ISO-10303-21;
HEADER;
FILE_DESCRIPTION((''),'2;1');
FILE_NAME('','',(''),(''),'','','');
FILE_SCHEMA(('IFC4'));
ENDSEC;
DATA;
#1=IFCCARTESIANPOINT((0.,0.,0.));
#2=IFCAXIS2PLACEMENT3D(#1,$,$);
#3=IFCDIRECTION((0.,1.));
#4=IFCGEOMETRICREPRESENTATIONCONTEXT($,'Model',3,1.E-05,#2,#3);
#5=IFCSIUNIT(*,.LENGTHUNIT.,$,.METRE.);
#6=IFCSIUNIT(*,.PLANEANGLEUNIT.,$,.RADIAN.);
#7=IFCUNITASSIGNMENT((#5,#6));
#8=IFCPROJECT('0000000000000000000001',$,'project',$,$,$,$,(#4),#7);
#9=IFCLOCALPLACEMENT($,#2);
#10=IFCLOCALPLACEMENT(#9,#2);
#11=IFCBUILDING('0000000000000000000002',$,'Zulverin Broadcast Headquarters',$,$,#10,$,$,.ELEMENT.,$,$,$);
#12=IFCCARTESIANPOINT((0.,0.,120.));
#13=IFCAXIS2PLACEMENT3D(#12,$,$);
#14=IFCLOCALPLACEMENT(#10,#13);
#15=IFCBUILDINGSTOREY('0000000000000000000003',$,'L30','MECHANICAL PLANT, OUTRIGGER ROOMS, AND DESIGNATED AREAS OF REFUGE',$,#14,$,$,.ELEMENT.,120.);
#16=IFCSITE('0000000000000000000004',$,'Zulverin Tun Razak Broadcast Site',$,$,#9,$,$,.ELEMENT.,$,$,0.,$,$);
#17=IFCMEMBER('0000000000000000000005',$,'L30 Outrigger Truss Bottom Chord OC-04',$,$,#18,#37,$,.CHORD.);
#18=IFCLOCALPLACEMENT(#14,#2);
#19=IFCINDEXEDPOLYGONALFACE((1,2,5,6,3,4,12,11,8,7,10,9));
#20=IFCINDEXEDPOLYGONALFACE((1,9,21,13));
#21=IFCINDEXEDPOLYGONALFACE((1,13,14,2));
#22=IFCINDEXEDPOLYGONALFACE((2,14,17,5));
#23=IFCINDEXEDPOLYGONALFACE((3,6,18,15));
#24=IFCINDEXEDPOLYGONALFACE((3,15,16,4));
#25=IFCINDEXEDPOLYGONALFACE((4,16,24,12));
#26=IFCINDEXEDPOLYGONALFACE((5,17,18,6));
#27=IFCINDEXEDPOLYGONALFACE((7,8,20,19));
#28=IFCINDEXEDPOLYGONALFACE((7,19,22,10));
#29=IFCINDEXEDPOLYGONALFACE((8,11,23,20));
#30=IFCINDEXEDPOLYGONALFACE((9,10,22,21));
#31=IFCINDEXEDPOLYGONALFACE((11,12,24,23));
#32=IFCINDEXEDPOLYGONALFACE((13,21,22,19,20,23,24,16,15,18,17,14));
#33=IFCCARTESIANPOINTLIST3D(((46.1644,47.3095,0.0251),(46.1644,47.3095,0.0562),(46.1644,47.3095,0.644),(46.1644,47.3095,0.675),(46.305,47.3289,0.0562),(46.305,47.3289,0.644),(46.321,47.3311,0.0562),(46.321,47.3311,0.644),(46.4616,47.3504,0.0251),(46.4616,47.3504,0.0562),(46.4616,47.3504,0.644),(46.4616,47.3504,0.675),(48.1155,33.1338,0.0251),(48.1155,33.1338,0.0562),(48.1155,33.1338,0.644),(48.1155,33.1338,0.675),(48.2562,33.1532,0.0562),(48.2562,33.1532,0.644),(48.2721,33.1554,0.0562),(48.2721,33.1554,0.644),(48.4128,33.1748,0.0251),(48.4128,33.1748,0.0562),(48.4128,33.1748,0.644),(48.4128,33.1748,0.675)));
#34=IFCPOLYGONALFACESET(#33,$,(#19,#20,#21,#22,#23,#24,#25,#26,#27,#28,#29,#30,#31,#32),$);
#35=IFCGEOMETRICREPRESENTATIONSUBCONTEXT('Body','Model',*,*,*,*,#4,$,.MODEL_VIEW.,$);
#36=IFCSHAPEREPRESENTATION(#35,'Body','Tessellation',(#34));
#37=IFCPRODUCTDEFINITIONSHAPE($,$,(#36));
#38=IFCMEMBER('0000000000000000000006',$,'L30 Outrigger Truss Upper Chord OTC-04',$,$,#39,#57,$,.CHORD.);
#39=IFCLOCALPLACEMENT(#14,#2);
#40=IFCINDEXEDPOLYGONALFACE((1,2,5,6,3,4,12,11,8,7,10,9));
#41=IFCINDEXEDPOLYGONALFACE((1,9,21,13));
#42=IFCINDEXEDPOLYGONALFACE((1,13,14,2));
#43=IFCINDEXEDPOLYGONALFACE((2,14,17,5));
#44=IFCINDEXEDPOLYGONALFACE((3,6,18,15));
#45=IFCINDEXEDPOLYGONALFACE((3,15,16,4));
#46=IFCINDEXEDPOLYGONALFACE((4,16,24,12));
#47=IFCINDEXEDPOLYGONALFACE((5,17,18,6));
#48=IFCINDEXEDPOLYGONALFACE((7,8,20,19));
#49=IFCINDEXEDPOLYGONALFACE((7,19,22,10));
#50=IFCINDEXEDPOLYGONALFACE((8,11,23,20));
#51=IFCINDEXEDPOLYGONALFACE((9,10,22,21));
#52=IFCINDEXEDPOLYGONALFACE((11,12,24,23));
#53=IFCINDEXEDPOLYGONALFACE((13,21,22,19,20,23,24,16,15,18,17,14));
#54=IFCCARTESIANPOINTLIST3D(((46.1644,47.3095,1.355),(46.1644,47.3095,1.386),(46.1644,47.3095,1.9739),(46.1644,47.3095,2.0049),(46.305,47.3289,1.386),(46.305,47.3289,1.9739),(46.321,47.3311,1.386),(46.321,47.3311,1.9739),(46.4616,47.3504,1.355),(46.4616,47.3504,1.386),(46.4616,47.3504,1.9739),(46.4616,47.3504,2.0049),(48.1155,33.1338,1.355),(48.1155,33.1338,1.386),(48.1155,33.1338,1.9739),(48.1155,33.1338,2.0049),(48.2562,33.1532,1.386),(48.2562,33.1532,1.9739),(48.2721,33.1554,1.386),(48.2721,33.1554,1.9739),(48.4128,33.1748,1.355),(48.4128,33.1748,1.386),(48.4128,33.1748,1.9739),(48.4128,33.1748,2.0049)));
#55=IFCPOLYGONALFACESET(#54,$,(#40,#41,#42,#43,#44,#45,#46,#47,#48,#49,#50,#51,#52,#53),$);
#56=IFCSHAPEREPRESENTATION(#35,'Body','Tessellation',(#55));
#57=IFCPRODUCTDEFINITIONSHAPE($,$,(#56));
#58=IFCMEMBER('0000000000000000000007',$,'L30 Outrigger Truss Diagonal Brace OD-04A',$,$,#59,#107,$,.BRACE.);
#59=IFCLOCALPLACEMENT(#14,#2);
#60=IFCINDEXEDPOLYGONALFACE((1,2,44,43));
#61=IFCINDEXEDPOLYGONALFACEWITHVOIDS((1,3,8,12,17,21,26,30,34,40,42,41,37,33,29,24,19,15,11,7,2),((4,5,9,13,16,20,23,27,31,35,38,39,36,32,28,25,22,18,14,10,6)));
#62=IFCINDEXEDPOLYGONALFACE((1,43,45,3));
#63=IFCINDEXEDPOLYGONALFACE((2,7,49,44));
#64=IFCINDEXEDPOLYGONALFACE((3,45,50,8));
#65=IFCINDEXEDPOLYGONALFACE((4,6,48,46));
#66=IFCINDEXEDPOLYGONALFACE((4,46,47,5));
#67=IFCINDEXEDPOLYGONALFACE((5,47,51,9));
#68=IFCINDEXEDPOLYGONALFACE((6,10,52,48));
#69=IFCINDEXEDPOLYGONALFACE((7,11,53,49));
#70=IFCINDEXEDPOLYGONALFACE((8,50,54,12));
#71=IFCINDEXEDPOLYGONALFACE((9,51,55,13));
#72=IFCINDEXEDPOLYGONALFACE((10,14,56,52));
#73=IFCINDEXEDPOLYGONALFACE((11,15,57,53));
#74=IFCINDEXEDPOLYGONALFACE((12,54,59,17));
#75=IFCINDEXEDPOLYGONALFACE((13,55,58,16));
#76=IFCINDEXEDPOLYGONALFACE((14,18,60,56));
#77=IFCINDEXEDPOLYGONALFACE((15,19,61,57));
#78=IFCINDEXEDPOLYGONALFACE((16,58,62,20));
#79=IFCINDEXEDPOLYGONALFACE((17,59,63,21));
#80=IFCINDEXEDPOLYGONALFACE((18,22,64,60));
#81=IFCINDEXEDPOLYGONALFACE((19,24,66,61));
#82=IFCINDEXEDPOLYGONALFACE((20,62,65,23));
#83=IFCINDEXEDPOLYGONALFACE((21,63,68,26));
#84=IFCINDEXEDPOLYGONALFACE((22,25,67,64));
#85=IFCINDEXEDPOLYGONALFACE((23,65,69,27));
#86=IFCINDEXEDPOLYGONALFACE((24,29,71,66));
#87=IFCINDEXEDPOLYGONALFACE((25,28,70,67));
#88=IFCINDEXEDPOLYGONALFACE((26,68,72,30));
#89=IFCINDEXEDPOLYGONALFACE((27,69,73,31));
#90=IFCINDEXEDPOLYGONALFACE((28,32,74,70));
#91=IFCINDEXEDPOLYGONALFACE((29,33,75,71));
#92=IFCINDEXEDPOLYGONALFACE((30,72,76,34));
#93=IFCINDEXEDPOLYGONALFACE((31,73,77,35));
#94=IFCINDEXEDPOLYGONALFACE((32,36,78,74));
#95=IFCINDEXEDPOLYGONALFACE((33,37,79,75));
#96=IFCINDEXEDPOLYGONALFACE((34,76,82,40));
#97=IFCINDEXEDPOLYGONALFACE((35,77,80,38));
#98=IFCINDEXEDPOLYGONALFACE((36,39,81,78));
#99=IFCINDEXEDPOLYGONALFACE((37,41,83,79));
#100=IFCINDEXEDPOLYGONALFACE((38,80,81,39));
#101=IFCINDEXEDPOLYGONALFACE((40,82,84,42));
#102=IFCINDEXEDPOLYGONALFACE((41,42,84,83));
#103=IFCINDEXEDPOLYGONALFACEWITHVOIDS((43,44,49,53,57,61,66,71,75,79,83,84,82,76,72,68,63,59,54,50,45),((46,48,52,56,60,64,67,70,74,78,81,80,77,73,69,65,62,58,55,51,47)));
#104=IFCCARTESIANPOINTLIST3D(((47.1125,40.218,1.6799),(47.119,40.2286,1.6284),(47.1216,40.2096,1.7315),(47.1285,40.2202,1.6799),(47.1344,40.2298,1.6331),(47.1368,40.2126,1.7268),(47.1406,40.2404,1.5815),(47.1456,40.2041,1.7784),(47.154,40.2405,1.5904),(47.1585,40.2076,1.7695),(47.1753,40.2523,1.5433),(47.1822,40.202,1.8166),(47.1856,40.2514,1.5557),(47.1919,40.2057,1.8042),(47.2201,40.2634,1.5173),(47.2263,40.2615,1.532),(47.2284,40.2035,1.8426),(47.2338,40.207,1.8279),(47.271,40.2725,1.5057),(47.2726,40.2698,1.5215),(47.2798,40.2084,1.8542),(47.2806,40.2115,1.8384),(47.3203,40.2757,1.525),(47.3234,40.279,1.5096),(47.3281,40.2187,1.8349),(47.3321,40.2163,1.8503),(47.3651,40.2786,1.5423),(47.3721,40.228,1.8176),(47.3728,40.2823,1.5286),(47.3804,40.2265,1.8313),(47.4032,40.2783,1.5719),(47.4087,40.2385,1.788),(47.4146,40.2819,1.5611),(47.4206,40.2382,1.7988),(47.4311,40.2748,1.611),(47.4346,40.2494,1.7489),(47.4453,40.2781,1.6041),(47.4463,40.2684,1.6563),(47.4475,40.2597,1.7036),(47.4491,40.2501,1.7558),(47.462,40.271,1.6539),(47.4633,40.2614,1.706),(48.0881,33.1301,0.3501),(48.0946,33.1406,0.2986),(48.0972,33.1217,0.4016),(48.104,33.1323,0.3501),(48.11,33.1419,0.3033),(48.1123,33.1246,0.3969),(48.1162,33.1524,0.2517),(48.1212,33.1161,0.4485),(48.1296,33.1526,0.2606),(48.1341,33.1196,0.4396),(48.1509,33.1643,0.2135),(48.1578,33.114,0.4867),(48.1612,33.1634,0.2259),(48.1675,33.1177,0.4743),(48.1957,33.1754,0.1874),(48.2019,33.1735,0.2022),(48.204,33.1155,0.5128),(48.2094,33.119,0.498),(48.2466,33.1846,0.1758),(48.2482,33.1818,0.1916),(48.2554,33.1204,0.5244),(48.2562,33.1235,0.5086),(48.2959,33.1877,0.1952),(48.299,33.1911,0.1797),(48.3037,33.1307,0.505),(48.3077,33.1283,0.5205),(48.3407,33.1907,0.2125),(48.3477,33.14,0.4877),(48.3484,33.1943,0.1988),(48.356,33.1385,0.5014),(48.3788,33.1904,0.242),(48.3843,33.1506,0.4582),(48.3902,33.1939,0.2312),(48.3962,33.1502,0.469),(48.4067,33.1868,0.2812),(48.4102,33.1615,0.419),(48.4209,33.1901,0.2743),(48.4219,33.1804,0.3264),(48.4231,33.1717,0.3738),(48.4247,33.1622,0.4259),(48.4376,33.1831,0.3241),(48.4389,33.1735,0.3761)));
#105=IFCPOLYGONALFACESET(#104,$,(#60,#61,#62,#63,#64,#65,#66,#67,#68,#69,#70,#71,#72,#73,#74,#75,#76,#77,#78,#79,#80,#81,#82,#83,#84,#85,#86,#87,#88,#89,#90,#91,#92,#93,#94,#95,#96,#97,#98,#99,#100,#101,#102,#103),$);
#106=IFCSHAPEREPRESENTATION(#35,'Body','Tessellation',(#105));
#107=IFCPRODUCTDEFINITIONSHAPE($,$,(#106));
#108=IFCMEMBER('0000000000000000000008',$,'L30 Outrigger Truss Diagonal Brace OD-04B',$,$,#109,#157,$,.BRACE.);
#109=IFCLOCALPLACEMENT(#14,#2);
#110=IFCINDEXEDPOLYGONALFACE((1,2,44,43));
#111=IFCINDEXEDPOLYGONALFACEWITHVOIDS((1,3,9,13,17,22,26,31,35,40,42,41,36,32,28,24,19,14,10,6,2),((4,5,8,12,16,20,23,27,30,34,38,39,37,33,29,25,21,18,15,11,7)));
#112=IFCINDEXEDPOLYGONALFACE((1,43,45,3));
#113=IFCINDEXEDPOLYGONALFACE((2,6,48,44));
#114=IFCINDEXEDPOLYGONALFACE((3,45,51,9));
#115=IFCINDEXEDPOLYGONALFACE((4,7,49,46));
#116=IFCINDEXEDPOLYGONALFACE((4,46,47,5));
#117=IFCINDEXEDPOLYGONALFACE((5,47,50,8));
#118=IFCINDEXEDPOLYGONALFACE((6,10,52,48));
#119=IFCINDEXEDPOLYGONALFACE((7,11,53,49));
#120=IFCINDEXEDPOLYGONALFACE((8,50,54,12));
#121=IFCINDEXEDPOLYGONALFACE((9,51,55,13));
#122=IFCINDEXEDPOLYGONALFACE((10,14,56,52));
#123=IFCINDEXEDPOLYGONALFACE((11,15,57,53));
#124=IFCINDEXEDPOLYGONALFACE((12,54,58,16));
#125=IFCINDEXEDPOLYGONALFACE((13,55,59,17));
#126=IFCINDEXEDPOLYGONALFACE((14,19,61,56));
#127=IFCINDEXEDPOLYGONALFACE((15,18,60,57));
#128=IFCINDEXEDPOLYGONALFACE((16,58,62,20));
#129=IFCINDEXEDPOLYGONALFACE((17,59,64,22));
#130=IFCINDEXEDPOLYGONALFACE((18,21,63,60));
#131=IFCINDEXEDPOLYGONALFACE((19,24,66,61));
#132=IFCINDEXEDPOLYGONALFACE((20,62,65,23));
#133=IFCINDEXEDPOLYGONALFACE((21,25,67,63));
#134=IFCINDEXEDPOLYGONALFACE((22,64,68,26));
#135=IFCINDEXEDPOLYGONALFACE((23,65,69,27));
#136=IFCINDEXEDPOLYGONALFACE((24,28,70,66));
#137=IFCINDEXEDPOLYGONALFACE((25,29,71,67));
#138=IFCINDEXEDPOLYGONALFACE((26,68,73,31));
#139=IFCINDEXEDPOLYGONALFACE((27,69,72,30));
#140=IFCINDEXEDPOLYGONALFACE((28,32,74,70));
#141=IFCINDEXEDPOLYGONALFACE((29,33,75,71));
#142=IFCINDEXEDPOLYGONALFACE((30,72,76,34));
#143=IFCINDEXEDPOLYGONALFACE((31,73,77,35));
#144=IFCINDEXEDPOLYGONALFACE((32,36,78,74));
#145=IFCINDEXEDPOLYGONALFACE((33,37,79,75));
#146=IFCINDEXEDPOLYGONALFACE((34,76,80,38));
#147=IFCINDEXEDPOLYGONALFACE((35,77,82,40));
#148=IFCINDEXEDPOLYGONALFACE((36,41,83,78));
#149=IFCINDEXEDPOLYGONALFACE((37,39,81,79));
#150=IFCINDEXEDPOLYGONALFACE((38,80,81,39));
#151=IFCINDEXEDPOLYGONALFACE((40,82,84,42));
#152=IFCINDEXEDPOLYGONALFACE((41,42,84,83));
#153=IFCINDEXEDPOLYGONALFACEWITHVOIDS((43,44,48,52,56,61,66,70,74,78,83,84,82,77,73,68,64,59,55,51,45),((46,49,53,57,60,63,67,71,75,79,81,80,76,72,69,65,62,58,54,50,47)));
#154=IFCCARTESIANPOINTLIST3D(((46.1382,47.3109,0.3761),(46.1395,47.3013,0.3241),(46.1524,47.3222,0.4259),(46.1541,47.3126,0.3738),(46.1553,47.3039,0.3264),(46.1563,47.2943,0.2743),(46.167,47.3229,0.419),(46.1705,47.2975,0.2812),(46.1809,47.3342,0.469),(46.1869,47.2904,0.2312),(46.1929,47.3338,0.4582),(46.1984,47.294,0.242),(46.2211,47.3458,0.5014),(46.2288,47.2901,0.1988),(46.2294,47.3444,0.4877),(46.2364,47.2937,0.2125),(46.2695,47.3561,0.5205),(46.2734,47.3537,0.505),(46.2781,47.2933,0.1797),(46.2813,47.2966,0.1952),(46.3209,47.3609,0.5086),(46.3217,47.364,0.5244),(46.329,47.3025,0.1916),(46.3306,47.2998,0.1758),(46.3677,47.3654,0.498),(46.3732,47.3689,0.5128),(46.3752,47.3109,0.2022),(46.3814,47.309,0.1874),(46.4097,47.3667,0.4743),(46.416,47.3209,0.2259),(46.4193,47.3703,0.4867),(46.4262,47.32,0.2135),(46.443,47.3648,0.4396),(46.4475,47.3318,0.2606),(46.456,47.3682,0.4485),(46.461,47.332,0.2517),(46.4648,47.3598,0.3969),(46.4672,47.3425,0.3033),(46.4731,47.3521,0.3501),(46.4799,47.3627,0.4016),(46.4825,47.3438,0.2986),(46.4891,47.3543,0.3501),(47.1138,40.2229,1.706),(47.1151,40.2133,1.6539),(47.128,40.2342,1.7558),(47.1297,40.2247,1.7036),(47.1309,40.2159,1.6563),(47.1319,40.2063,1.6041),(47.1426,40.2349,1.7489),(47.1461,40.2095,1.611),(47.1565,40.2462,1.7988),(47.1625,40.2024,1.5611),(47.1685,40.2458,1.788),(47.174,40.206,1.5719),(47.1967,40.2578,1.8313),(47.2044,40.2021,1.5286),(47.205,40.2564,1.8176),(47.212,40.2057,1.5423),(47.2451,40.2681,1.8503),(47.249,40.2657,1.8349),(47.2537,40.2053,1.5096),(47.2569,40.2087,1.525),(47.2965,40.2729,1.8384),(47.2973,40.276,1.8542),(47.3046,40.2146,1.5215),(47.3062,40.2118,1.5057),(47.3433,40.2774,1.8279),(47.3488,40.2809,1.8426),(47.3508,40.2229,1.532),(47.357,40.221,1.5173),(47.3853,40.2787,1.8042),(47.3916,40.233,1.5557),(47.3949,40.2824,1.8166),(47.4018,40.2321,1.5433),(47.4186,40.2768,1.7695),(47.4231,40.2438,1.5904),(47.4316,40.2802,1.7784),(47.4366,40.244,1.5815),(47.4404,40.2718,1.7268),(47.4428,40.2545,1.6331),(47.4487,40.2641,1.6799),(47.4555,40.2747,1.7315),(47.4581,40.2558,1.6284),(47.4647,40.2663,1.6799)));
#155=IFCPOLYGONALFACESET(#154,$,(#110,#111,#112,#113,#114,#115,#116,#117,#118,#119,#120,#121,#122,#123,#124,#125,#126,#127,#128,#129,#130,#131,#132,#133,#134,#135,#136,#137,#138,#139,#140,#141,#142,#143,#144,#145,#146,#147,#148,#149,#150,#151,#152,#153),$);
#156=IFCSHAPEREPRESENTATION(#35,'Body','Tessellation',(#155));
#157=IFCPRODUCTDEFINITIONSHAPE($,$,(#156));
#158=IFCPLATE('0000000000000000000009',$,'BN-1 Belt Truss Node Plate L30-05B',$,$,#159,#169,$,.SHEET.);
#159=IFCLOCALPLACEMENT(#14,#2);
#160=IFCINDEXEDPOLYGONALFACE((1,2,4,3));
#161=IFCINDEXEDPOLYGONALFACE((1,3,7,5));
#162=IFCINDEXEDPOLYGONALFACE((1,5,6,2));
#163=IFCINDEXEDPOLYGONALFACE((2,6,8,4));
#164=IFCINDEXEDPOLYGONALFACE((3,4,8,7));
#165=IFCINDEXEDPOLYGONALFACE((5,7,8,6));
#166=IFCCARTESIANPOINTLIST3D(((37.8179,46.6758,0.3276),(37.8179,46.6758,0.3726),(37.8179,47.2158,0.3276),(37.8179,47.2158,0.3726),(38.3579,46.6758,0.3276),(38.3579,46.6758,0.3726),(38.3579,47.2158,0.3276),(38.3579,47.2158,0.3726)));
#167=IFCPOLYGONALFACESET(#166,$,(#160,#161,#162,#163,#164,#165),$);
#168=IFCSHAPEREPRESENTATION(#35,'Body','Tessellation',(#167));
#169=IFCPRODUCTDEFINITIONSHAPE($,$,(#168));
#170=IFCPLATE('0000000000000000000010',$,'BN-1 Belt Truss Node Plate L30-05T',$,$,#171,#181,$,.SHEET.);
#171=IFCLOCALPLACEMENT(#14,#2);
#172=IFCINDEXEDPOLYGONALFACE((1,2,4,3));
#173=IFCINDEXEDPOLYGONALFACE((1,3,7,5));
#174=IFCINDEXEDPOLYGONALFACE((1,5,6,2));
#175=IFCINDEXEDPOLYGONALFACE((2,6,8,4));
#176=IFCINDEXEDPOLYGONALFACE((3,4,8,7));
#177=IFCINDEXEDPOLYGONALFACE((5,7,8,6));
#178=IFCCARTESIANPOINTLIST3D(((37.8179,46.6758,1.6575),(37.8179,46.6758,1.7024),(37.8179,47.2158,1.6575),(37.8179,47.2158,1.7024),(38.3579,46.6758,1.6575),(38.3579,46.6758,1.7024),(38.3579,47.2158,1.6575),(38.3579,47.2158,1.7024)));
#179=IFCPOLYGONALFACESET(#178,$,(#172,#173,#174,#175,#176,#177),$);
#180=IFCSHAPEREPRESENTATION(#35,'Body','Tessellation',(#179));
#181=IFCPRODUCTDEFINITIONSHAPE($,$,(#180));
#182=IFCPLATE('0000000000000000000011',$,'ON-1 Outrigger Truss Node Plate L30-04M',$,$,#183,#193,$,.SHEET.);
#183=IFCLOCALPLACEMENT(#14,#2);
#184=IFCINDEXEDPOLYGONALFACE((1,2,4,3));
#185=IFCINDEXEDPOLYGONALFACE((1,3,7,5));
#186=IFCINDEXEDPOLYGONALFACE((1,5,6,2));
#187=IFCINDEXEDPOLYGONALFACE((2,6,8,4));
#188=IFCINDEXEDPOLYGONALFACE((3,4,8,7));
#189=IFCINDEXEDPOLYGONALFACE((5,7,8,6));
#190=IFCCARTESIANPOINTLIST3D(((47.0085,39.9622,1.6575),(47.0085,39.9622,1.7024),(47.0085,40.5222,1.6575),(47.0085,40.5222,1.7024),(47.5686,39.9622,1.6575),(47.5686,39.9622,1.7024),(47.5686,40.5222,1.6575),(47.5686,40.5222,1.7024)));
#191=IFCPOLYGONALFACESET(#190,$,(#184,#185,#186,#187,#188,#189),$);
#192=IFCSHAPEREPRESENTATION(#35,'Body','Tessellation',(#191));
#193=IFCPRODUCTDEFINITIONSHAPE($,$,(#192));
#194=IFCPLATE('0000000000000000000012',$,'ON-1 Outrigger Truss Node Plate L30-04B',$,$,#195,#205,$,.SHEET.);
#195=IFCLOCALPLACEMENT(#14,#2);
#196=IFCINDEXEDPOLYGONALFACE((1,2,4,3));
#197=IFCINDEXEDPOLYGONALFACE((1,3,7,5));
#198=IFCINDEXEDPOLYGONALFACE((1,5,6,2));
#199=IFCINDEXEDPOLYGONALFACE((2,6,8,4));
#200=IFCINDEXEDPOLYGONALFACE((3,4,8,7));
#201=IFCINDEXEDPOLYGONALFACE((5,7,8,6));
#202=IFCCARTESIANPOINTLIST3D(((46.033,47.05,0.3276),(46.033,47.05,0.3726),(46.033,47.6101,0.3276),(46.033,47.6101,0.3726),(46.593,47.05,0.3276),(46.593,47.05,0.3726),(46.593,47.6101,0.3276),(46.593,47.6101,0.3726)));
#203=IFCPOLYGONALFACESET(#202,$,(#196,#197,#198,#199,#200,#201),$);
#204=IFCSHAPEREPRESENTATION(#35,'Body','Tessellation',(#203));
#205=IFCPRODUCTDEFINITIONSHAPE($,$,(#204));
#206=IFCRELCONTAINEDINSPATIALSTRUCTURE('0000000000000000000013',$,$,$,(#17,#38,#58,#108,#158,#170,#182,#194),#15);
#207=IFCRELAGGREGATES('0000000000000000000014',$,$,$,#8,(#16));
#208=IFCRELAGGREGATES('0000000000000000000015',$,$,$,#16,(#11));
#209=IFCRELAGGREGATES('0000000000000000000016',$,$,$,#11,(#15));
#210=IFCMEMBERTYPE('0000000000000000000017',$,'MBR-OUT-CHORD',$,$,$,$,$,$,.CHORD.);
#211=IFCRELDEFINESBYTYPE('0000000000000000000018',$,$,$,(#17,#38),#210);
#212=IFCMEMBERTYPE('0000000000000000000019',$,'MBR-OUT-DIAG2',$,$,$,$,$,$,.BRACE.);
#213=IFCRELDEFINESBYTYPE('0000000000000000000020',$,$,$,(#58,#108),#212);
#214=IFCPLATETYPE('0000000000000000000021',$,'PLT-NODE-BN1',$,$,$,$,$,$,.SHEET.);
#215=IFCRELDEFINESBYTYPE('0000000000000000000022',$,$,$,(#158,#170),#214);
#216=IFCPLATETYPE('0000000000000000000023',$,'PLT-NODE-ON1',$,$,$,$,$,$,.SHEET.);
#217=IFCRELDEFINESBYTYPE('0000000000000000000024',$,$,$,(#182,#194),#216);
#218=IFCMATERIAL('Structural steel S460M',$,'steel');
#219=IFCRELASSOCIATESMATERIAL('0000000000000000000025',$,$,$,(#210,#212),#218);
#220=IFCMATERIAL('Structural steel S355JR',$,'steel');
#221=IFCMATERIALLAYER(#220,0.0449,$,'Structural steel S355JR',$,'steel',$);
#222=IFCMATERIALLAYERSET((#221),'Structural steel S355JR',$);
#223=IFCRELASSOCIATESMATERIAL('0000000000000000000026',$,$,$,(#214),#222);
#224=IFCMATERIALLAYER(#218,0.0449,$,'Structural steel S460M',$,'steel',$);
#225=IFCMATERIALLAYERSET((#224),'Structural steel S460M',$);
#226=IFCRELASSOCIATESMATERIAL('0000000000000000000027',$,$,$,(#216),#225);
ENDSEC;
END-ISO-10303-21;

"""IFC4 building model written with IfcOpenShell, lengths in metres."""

from ifc_helpers import new_model, si_unit, direction, frame, origin, origin_2d, place, context, subcontext, project, spatial, rectangle, hollow_circle, i_section, extrude, material, layer, layer_set, material_profile, profile_set, type_object, element, save


model = new_model("IFC4")

# Units and contexts
model_context = context("Model", 3, precision=1e-05, world=origin(), true_north=direction((0.0, 1.0)))
body_context = subcontext(model_context, "Body", "Model", "MODEL_VIEW")
ifc_project = project(units=[si_unit("LENGTHUNIT", "METRE"), si_unit("PLANEANGLEUNIT", "RADIAN")], contexts=[model_context])

# Site, building, storey
site_placement = place(None, origin())
site = spatial("IfcSite", under=ifc_project, at=site_placement, Name="Zulverin Tun Razak Broadcast Site", CompositionType="ELEMENT", RefElevation=0.0)
building_placement = place(site_placement, origin())
building = spatial("IfcBuilding", under=site, at=building_placement, Name="Zulverin Broadcast Headquarters", CompositionType="ELEMENT")
storey_placement = place(building_placement, frame((0.0, 0.0, 120.0)))
storey = spatial("IfcBuildingStorey", under=building, at=storey_placement, Name="L30", Description="MECHANICAL PLANT, OUTRIGGER ROOMS, AND DESIGNATED AREAS OF REFUGE", CompositionType="ELEMENT", Elevation=120.0)

# Shared definitions
ifc_material_1 = material(Name="Structural steel S355JR", Category="steel")

# Members
ifc_material_2 = material(Name="Structural steel S460M", Category="steel")
ifc_material_profile_1 = material_profile(ifc_material_2, i_section(OverallWidth=0.3, OverallDepth=0.6499, WebThickness=0.0161, FlangeThickness=0.031, at=origin_2d()), Name="Structural steel S460M", Category="steel")
ifc_profile_set_1 = profile_set([ifc_material_profile_1], Name="Structural steel S460M")
member_type_1 = type_object("IfcMemberType", Name="MBR-OUT-CHORD", PredefinedType="CHORD", material=ifc_profile_set_1)
for number, where, z_axis, x_axis, name in (
    (1, (48.2642, 33.1543, 0.3501), (-0.136356, 0.99066, 0.0), (-0.99066, -0.136356, 0.0), "L30 Outrigger Truss Bottom Chord OC-04"),
    (2, (48.2642, 33.1543, 1.6799), (-0.136356, 0.99066, 0.0), (-0.99066, -0.136356, 0.0), "L30 Outrigger Truss Upper Chord OTC-04"),
):
    element("IfcMember", number, at=place(storey_placement, frame(where, z_axis=z_axis, x_axis=x_axis)), inside=storey, type_object=member_type_1, Name=name, PredefinedType="CHORD", context=body_context, shape_type="SweptSolid", body=[
        extrude(i_section(OverallWidth=0.3, OverallDepth=0.6499, WebThickness=0.0161, FlangeThickness=0.031, at=origin_2d()), origin(), (0.0, 0.0, 1.0), 14.3093),
    ])
ifc_material_profile_2 = material_profile(ifc_material_2, hollow_circle(Radius=0.1777, WallThickness=0.0161, at=origin_2d()), Name="Structural steel S460M", Category="steel")
ifc_profile_set_2 = profile_set([ifc_material_profile_2], Name="Structural steel S460M")
member_type_2 = type_object("IfcMemberType", Name="MBR-OUT-DIAG2", PredefinedType="BRACE", material=ifc_profile_set_2)
for number, where, z_axis, x_axis, name in (
    (3, (48.2642, 33.1543, 0.3501), (-0.13406, 0.973979, 0.182738), (-0.99066, -0.136356, 0.0), "L30 Outrigger Truss Diagonal Brace OD-04A"),
    (4, (46.313, 47.3301, 0.3501), (0.13406, -0.973979, 0.182738), (0.99066, 0.136356, 0.0), "L30 Outrigger Truss Diagonal Brace OD-04B"),
):
    element("IfcMember", number, at=place(storey_placement, frame(where, z_axis=z_axis, x_axis=x_axis)), inside=storey, type_object=member_type_2, Name=name, PredefinedType="BRACE", context=body_context, shape_type="SweptSolid", body=[
        extrude(hollow_circle(Radius=0.1777, WallThickness=0.0161, at=origin_2d()), origin(), (0.0, 0.0, 1.0), 7.2773),
    ])

# Plates
ifc_layer_1 = layer(ifc_material_1, 0.0449, Name="Structural steel S355JR", Category="steel")
ifc_layer_set_1 = layer_set([ifc_layer_1], Name="Structural steel S355JR")
plate_type_1 = type_object("IfcPlateType", Name="PLT-NODE-BN1", PredefinedType="SHEET", material=ifc_layer_set_1)
for number, where, z_axis, x_axis, name in (
    (5, (38.0879, 46.9458, 0.3276), (0.0, 0.0, 1.0), (1.0, 0.0, 0.0), "BN-1 Belt Truss Node Plate L30-05B"),
    (6, (38.0879, 46.9458, 1.6575), (0.0, 0.0, 1.0), (1.0, 0.0, 0.0), "BN-1 Belt Truss Node Plate L30-05T"),
):
    element("IfcPlate", number, at=place(storey_placement, frame(where, z_axis=z_axis, x_axis=x_axis)), inside=storey, type_object=plate_type_1, Name=name, PredefinedType="SHEET", context=body_context, shape_type="SweptSolid", body=[
        extrude(rectangle(XDim=0.54, YDim=0.54, at=origin_2d()), origin(), (0.0, 0.0, 1.0), 0.0449),
    ])
ifc_layer_2 = layer(ifc_material_2, 0.0449, Name="Structural steel S460M", Category="steel")
ifc_layer_set_2 = layer_set([ifc_layer_2], Name="Structural steel S460M")
plate_type_2 = type_object("IfcPlateType", Name="PLT-NODE-ON1", PredefinedType="SHEET", material=ifc_layer_set_2)
for number, where, z_axis, x_axis, name in (
    (7, (47.2886, 40.2422, 1.6575), (0.0, 0.0, 1.0), (1.0, 0.0, 0.0), "ON-1 Outrigger Truss Node Plate L30-04M"),
    (8, (46.313, 47.3301, 0.3276), (0.0, 0.0, 1.0), (1.0, 0.0, 0.0), "ON-1 Outrigger Truss Node Plate L30-04B"),
):
    element("IfcPlate", number, at=place(storey_placement, frame(where, z_axis=z_axis, x_axis=x_axis)), inside=storey, type_object=plate_type_2, Name=name, PredefinedType="SHEET", context=body_context, shape_type="SweptSolid", body=[
        extrude(rectangle(XDim=0.5601, YDim=0.5601, at=origin_2d()), origin(), (0.0, 0.0, 1.0), 0.0449),
    ])

save(model, "model.ifc")
